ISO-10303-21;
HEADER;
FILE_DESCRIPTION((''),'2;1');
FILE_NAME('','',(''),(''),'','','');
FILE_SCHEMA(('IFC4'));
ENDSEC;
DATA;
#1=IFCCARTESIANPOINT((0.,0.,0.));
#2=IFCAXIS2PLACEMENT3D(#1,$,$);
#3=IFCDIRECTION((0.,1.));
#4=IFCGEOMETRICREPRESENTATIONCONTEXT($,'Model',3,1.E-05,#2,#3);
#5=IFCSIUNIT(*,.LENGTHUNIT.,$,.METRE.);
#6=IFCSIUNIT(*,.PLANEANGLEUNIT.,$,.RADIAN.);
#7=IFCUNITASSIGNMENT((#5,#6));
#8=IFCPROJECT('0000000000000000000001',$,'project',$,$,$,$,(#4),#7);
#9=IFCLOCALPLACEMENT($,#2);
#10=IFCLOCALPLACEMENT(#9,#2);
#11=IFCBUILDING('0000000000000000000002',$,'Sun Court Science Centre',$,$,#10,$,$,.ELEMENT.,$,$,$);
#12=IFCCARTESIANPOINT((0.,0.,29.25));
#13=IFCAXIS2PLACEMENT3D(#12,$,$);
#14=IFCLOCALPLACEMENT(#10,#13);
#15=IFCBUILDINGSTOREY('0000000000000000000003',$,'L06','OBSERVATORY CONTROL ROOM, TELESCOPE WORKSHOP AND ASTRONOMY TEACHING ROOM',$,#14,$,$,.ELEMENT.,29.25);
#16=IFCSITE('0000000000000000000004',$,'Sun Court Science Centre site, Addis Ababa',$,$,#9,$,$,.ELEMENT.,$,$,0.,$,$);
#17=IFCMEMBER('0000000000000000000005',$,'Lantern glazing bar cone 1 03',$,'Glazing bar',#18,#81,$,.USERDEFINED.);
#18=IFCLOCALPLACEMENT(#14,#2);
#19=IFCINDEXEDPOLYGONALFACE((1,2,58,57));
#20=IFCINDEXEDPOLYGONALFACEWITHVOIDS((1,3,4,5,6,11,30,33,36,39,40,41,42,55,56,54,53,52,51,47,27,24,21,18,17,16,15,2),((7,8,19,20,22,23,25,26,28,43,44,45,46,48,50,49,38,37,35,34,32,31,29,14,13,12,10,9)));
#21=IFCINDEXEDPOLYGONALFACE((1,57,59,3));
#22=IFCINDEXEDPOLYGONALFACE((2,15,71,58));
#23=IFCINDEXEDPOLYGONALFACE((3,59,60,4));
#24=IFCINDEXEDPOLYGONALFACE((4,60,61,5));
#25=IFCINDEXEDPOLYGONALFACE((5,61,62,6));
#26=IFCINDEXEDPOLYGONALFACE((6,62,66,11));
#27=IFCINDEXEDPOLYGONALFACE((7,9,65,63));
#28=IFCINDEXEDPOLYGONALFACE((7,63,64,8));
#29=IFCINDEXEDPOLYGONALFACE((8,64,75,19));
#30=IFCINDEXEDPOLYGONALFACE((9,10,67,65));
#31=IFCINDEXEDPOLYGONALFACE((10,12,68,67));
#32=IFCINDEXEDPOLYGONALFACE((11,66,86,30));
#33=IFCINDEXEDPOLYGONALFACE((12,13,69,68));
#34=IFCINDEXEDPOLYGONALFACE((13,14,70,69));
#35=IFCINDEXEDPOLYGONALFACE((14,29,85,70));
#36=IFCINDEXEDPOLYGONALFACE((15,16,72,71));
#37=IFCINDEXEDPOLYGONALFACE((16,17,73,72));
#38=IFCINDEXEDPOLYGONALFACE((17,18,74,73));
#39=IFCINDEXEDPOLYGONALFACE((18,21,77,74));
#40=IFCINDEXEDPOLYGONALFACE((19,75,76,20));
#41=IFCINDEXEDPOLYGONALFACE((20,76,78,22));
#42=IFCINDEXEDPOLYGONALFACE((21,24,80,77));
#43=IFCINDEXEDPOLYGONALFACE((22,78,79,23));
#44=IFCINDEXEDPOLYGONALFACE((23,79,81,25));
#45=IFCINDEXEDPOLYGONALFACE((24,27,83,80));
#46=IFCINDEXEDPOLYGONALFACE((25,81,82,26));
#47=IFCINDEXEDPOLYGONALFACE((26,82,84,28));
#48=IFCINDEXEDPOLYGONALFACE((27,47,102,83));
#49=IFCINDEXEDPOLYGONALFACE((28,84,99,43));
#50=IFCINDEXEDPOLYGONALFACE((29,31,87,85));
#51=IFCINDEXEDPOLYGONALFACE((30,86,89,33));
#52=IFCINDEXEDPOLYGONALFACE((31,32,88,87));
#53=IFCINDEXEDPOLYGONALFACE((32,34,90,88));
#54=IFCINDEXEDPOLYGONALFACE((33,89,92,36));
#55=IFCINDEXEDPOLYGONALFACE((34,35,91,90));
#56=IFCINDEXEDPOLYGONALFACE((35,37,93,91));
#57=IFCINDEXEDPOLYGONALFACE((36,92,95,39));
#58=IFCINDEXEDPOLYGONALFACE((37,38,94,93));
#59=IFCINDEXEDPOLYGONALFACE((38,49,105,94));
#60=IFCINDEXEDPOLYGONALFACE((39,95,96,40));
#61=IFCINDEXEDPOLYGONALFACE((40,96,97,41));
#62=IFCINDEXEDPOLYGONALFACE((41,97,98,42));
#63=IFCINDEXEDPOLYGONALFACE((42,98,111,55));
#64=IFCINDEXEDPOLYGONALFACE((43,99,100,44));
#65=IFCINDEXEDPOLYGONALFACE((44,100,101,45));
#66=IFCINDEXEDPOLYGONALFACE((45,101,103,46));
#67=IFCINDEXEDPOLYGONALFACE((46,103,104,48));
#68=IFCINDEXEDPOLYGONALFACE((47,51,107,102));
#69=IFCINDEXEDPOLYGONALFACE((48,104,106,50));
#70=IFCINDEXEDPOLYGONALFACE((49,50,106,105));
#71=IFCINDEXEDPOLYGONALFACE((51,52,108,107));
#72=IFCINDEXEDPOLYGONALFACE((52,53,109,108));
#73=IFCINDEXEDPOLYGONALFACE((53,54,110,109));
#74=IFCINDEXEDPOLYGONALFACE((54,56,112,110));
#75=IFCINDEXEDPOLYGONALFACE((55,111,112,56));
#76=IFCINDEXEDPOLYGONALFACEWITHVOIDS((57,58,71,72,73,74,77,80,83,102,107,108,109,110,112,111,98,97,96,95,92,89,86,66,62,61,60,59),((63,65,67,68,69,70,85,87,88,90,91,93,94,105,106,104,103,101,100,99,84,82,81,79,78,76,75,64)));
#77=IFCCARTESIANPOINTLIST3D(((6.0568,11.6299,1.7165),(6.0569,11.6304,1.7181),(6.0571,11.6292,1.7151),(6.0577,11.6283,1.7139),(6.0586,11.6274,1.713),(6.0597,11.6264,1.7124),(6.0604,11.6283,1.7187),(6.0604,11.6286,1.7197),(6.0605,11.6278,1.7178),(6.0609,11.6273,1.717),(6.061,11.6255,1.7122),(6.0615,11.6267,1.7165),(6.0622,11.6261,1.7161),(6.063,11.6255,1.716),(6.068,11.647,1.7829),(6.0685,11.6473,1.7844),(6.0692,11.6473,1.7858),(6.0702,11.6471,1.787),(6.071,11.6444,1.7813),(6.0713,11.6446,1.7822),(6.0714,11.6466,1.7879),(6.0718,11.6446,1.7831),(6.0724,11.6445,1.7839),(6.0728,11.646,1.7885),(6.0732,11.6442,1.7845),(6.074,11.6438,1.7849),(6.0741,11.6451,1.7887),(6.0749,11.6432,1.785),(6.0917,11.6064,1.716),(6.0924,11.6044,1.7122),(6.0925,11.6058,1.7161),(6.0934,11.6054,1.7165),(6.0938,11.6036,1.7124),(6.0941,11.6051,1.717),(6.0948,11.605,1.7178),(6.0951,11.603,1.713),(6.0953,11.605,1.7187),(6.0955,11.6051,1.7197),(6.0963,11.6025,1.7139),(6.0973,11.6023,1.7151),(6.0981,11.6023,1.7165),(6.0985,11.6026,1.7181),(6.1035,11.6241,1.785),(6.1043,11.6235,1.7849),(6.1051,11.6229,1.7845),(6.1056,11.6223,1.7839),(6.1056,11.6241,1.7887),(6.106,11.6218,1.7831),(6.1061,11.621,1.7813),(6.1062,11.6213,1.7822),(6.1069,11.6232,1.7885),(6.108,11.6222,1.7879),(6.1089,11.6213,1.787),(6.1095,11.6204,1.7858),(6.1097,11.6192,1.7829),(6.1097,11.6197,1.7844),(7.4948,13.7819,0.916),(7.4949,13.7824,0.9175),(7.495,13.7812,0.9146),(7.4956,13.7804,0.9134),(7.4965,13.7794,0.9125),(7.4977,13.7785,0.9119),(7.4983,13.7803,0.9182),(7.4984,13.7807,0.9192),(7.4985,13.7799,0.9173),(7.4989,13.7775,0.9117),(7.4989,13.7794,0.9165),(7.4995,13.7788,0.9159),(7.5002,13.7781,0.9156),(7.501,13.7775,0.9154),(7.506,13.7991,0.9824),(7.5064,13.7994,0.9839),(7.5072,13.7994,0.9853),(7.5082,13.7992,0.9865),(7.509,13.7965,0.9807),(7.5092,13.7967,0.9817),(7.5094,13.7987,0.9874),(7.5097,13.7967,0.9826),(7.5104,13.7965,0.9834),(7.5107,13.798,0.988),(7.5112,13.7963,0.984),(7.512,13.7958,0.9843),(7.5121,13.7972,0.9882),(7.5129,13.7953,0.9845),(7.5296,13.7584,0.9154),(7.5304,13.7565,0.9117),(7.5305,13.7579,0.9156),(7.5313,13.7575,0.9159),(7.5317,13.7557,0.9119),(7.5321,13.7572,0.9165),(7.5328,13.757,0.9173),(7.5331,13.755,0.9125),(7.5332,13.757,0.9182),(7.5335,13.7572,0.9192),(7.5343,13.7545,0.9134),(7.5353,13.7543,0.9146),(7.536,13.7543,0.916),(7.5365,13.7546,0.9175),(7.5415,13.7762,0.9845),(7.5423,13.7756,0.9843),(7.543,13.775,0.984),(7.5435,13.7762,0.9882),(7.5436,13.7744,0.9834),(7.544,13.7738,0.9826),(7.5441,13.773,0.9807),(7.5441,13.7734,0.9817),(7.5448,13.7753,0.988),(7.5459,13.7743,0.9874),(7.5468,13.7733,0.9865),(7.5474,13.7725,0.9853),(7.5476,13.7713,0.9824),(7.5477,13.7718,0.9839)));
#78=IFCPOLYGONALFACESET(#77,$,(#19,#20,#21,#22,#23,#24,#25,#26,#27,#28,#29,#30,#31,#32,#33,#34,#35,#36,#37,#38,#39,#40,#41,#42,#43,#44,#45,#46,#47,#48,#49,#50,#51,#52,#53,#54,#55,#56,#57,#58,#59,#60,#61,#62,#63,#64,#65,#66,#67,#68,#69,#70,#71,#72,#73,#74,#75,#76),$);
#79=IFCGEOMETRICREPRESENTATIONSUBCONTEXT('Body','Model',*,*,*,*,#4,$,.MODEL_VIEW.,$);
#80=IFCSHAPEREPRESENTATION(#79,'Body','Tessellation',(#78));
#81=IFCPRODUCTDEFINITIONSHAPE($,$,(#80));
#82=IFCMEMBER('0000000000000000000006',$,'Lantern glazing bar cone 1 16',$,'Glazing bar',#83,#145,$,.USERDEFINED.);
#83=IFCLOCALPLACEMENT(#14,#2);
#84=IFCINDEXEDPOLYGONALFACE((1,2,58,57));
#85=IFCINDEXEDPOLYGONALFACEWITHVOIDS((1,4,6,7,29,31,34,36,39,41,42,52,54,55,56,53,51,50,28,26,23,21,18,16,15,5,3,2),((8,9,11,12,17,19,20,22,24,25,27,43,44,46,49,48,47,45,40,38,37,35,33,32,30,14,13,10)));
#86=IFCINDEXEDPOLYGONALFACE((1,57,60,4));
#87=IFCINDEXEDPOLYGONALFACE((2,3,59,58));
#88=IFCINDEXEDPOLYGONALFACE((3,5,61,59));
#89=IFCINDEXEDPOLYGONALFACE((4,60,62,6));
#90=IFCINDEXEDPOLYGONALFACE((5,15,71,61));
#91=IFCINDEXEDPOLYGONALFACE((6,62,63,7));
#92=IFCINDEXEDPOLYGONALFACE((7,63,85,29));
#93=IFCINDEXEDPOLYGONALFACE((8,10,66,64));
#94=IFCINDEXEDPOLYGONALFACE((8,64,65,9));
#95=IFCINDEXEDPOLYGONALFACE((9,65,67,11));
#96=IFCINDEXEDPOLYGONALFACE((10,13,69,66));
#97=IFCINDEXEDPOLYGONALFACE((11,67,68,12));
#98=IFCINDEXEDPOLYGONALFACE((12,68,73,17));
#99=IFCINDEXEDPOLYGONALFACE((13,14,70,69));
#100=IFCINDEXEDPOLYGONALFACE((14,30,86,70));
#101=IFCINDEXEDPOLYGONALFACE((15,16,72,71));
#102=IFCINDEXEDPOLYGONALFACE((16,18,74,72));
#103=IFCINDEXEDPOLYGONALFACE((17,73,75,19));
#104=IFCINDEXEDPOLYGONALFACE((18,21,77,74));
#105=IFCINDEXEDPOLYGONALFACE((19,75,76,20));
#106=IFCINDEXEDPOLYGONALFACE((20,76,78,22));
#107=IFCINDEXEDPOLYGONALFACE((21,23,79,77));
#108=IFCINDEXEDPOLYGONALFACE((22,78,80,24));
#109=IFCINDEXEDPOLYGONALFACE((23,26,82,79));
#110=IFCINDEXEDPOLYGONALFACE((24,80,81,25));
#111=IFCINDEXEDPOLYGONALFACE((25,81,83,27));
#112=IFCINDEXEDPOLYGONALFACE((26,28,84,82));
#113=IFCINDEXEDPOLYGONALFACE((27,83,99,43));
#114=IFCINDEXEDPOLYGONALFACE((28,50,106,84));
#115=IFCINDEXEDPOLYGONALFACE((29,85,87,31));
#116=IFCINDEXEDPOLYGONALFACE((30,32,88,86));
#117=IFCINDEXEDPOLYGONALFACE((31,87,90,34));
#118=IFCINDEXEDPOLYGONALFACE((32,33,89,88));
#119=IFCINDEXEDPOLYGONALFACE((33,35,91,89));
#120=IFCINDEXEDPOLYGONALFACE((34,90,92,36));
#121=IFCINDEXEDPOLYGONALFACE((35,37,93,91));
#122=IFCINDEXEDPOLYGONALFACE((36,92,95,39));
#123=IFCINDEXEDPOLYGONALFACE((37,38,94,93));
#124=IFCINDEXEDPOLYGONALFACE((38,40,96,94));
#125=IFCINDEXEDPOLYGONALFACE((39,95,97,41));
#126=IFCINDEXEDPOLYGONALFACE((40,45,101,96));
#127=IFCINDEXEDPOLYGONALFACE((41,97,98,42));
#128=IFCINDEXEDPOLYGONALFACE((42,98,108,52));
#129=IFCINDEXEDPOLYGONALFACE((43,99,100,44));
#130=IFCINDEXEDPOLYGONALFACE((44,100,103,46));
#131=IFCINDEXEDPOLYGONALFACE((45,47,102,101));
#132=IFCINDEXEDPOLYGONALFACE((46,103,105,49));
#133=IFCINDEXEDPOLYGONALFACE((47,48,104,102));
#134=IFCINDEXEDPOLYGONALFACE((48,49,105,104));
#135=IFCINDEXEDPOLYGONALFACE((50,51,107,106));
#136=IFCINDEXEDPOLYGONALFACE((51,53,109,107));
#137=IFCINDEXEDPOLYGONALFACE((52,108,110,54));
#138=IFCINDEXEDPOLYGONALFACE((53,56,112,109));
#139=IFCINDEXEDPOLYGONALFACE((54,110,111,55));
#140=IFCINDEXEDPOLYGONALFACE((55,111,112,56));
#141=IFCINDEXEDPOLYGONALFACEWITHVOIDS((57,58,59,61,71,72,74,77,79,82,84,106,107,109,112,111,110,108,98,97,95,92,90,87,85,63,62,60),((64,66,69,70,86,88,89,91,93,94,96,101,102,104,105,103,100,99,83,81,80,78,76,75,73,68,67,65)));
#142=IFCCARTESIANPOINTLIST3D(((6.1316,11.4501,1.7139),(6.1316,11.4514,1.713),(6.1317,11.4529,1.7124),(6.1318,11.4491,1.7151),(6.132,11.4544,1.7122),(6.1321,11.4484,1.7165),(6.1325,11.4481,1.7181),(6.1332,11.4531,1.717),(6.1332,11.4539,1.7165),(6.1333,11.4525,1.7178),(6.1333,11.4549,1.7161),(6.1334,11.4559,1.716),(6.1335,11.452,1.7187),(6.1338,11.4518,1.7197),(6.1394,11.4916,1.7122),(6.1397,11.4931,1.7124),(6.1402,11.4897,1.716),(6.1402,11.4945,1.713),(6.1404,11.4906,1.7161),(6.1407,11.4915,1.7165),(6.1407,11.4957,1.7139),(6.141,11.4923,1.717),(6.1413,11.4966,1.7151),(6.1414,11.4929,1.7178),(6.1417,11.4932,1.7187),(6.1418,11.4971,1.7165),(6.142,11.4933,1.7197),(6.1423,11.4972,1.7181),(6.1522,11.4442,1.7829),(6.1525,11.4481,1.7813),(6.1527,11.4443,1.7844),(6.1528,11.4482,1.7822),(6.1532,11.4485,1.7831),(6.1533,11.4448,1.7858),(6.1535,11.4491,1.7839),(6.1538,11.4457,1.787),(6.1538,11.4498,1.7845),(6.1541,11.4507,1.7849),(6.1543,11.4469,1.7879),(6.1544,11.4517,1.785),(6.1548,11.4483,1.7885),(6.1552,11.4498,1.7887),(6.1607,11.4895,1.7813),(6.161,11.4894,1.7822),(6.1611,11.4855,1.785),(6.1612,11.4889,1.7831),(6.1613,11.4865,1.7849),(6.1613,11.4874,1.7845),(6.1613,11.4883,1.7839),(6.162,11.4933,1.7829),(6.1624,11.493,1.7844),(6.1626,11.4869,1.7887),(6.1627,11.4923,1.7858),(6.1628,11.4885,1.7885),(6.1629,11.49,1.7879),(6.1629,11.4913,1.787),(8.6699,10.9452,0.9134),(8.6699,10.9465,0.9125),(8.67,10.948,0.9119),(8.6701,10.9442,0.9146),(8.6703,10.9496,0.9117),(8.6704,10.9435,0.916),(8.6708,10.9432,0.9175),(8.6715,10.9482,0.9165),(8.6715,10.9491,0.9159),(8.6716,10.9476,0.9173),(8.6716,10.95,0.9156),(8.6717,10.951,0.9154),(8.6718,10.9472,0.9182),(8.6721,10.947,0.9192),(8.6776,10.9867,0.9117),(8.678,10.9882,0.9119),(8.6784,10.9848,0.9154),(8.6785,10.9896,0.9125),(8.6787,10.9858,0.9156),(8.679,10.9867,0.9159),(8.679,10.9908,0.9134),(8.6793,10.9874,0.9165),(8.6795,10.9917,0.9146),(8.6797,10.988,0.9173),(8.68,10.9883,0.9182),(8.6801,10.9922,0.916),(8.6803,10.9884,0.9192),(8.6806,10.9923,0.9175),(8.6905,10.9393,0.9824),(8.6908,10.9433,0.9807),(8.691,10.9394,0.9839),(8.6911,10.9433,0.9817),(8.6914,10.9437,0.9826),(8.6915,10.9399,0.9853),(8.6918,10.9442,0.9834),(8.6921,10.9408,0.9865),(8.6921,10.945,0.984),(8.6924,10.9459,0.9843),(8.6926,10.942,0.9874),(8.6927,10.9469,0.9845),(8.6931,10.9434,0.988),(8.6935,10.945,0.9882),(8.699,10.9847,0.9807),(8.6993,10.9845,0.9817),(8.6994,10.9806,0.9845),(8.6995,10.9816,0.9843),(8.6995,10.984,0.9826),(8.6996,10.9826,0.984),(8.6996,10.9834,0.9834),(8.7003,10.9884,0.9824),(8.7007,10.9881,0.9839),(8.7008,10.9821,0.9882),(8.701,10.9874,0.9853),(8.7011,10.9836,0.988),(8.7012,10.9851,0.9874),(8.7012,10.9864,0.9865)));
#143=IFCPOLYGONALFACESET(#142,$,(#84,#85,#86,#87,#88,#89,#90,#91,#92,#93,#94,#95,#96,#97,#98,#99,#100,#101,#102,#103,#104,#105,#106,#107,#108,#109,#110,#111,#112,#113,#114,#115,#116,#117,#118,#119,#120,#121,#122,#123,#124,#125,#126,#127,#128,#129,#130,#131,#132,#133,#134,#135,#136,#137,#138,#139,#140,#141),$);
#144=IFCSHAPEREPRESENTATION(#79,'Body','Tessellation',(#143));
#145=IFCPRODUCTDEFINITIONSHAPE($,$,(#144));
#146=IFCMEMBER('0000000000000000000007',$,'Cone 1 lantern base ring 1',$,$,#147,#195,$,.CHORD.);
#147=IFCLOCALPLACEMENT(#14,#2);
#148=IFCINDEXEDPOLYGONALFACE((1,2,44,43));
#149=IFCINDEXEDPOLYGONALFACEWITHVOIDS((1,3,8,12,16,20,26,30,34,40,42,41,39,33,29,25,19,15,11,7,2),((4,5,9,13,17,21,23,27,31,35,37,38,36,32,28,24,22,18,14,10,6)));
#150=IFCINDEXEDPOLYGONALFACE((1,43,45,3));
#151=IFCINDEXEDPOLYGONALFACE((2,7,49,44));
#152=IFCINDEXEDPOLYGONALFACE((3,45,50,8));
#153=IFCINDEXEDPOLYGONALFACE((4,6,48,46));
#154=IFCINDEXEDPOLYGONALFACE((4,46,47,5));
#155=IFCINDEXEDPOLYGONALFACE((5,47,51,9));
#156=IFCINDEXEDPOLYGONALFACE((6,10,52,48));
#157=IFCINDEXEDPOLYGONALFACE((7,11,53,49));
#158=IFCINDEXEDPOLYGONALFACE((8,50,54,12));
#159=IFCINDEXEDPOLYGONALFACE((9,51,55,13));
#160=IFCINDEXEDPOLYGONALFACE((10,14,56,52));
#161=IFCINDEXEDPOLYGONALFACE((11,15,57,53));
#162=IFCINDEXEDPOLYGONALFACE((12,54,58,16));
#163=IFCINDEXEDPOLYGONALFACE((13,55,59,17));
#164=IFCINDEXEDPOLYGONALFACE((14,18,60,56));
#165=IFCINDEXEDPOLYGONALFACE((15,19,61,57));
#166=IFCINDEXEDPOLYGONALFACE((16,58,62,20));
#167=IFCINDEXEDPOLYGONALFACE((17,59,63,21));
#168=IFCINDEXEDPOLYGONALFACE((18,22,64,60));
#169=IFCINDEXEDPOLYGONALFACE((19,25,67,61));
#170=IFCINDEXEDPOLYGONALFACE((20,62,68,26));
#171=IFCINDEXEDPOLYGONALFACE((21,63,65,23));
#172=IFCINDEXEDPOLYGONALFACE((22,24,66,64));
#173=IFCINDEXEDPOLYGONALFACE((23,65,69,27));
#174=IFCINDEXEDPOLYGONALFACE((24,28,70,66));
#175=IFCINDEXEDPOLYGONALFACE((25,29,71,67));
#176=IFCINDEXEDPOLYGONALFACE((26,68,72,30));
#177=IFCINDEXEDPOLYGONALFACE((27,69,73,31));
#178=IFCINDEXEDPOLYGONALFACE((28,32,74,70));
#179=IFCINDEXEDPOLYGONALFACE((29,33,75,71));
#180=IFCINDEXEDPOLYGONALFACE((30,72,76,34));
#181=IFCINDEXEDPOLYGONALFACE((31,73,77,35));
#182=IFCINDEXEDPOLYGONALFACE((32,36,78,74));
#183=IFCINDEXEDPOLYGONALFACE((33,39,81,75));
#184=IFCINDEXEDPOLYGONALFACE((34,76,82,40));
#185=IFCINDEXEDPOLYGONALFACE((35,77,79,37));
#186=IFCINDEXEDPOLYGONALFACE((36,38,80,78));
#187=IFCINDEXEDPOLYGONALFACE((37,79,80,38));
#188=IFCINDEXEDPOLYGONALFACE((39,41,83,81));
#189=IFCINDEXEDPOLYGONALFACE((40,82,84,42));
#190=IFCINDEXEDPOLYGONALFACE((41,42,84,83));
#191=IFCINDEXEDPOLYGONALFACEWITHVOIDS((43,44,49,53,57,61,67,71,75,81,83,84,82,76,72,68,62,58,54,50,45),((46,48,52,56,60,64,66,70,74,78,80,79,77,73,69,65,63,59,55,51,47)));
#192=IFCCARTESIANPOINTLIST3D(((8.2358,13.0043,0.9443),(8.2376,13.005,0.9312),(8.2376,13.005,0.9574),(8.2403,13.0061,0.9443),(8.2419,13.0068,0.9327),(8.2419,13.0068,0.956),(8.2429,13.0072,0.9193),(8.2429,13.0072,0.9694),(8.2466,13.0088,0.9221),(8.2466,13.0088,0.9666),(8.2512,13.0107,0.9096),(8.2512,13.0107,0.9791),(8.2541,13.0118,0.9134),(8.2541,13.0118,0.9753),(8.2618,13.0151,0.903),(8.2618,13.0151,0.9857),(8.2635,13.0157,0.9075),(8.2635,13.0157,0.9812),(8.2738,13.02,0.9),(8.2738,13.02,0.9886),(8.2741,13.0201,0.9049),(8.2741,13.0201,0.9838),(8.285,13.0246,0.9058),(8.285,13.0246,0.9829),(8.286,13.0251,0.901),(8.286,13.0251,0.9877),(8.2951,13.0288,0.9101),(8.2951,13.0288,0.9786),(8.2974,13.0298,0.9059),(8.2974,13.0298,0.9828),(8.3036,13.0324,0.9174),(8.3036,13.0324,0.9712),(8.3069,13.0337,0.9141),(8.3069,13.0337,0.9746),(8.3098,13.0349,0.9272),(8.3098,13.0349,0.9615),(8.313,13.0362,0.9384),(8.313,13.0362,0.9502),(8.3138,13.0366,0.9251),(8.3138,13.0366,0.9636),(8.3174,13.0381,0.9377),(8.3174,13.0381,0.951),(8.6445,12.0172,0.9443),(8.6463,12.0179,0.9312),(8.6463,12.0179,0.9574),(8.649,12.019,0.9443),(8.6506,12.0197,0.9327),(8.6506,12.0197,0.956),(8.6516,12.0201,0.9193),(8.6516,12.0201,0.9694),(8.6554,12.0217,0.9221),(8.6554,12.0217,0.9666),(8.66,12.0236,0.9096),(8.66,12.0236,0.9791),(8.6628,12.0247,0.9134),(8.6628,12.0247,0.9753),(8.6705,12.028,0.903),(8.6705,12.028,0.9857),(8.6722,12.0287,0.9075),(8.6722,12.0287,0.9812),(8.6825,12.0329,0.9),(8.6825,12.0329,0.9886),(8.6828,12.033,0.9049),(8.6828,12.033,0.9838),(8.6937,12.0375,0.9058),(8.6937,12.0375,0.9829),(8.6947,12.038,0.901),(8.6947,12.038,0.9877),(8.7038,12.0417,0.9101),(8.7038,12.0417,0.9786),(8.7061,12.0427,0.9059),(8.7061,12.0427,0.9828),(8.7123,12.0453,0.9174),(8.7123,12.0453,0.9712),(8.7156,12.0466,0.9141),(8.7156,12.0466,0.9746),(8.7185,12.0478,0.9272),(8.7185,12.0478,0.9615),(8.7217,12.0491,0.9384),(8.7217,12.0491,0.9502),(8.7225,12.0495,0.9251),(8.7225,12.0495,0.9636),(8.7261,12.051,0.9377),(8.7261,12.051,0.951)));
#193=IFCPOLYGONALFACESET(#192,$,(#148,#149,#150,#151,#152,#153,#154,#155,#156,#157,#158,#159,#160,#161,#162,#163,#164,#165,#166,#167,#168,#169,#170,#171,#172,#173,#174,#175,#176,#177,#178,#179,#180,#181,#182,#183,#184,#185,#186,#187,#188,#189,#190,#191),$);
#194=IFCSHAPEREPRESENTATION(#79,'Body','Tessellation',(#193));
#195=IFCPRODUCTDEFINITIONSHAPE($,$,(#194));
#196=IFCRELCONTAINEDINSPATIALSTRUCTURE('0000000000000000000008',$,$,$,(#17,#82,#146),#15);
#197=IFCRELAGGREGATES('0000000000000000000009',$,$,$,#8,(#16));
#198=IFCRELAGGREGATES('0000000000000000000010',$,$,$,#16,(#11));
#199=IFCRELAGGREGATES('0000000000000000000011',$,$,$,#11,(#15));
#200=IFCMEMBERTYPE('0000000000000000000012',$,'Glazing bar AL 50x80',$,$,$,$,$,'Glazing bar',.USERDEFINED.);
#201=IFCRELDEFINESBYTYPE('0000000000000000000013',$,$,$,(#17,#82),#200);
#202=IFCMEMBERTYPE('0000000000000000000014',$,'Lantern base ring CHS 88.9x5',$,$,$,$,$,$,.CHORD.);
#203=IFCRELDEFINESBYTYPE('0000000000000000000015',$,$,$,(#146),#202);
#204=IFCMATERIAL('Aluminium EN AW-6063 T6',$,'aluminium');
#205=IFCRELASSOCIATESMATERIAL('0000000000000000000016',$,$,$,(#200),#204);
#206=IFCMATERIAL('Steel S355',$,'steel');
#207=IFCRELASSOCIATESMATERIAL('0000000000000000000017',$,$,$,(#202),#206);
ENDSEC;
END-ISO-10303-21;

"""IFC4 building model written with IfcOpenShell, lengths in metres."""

from ifc_helpers import new_model, si_unit, direction, frame, origin, origin_2d, place, context, subcontext, project, spatial, hollow_rectangle, hollow_circle, extrude, material, material_profile, profile_set, type_object, element, save


model = new_model("IFC4")

# Units and contexts
model_context = context("Model", 3, precision=1e-05, world=origin(), true_north=direction((0.0, 1.0)))
body_context = subcontext(model_context, "Body", "Model", "MODEL_VIEW")
ifc_project = project(units=[si_unit("LENGTHUNIT", "METRE"), si_unit("PLANEANGLEUNIT", "RADIAN")], contexts=[model_context])

# Site, building, storey
site_placement = place(None, origin())
site = spatial("IfcSite", under=ifc_project, at=site_placement, Name="Sun Court Science Centre site, Addis Ababa", CompositionType="ELEMENT", RefElevation=0.0)
building_placement = place(site_placement, origin())
building = spatial("IfcBuilding", under=site, at=building_placement, Name="Sun Court Science Centre", CompositionType="ELEMENT")
storey_placement = place(building_placement, frame((0.0, 0.0, 29.25)))
storey = spatial("IfcBuildingStorey", under=building, at=storey_placement, Name="L06", Description="OBSERVATORY CONTROL ROOM, TELESCOPE WORKSHOP AND ASTRONOMY TEACHING ROOM", CompositionType="ELEMENT", Elevation=29.25)

# Members
ifc_material_1 = material(Name="Aluminium EN AW-6063 T6", Category="aluminium")
ifc_material_profile_1 = material_profile(ifc_material_1, hollow_rectangle(XDim=0.05, YDim=0.0801, WallThickness=0.0039, InnerFilletRadius=0.0039, OuterFilletRadius=0.0061, at=origin_2d()), Name="AL 50x80x4")
ifc_profile_set_1 = profile_set([ifc_material_profile_1], Name="Aluminium EN AW-6063 T6")
member_type_1 = type_object("IfcMemberType", Name="Glazing bar AL 50x80", ElementType="Glazing bar", PredefinedType="USERDEFINED", material=ifc_profile_set_1)
for number, where, z_axis, x_axis, name in (
    (1, (7.5212, 13.7769, 0.95), (-0.530764, -0.794343, 0.29548), (0.831469, -0.555571, 0.0), "Lantern glazing bar cone 1 03"),
):
    element("IfcMember", number, at=place(storey_placement, frame(where, z_axis=z_axis, x_axis=x_axis)), inside=storey, type_object=member_type_1, Name=name, ObjectType="Glazing bar", PredefinedType="USERDEFINED", context=body_context, shape_type="SweptSolid", body=[
        extrude(hollow_rectangle(XDim=0.05, YDim=0.0801, WallThickness=0.0039, InnerFilletRadius=0.0039, OuterFilletRadius=0.0061, at=origin_2d()), origin(), (0.0, 0.0, 1.0), 2.7092),
    ])
member_1_placement = place(storey_placement, frame((8.6855, 10.9658, 0.95), z_axis=(-0.936986, 0.18637, 0.295506), x_axis=(-0.195082, -0.980787, 0.0)))
element("IfcMember", 2, at=member_1_placement, inside=storey, type_object=member_type_1, Name="Lantern glazing bar cone 1 16", ObjectType="Glazing bar", PredefinedType="USERDEFINED", context=body_context, shape_type="SweptSolid", body=[
    extrude(hollow_rectangle(XDim=0.05, YDim=0.0801, WallThickness=0.0039, InnerFilletRadius=0.0039, OuterFilletRadius=0.0061, at=origin_2d()), origin(), (0.0, 0.0, 1.0), 2.709),
])
ifc_material_2 = material(Name="Steel S355", Category="steel")
ifc_material_profile_2 = material_profile(ifc_material_2, hollow_circle(Radius=0.0444, WallThickness=0.0049, at=origin_2d()), Name="CHS 88.9x5")
ifc_profile_set_2 = profile_set([ifc_material_profile_2], Name="Steel S355")
member_type_2 = type_object("IfcMemberType", Name="Lantern base ring CHS 88.9x5", PredefinedType="CHORD", material=ifc_profile_set_2)
member_2_placement = place(storey_placement, frame((8.6855, 12.0342, 0.9443), z_axis=(-0.382554, 0.923933, 0.0), x_axis=(-0.923933, -0.382554, 0.0)))
element("IfcMember", 3, at=member_2_placement, inside=storey, type_object=member_type_2, Name="Cone 1 lantern base ring 1", PredefinedType="CHORD", context=body_context, shape_type="SweptSolid", body=[
    extrude(hollow_circle(Radius=0.0444, WallThickness=0.0049, at=origin_2d()), origin(), (0.0, 0.0, 1.0), 1.0684),
])

save(model, "model.ifc")
